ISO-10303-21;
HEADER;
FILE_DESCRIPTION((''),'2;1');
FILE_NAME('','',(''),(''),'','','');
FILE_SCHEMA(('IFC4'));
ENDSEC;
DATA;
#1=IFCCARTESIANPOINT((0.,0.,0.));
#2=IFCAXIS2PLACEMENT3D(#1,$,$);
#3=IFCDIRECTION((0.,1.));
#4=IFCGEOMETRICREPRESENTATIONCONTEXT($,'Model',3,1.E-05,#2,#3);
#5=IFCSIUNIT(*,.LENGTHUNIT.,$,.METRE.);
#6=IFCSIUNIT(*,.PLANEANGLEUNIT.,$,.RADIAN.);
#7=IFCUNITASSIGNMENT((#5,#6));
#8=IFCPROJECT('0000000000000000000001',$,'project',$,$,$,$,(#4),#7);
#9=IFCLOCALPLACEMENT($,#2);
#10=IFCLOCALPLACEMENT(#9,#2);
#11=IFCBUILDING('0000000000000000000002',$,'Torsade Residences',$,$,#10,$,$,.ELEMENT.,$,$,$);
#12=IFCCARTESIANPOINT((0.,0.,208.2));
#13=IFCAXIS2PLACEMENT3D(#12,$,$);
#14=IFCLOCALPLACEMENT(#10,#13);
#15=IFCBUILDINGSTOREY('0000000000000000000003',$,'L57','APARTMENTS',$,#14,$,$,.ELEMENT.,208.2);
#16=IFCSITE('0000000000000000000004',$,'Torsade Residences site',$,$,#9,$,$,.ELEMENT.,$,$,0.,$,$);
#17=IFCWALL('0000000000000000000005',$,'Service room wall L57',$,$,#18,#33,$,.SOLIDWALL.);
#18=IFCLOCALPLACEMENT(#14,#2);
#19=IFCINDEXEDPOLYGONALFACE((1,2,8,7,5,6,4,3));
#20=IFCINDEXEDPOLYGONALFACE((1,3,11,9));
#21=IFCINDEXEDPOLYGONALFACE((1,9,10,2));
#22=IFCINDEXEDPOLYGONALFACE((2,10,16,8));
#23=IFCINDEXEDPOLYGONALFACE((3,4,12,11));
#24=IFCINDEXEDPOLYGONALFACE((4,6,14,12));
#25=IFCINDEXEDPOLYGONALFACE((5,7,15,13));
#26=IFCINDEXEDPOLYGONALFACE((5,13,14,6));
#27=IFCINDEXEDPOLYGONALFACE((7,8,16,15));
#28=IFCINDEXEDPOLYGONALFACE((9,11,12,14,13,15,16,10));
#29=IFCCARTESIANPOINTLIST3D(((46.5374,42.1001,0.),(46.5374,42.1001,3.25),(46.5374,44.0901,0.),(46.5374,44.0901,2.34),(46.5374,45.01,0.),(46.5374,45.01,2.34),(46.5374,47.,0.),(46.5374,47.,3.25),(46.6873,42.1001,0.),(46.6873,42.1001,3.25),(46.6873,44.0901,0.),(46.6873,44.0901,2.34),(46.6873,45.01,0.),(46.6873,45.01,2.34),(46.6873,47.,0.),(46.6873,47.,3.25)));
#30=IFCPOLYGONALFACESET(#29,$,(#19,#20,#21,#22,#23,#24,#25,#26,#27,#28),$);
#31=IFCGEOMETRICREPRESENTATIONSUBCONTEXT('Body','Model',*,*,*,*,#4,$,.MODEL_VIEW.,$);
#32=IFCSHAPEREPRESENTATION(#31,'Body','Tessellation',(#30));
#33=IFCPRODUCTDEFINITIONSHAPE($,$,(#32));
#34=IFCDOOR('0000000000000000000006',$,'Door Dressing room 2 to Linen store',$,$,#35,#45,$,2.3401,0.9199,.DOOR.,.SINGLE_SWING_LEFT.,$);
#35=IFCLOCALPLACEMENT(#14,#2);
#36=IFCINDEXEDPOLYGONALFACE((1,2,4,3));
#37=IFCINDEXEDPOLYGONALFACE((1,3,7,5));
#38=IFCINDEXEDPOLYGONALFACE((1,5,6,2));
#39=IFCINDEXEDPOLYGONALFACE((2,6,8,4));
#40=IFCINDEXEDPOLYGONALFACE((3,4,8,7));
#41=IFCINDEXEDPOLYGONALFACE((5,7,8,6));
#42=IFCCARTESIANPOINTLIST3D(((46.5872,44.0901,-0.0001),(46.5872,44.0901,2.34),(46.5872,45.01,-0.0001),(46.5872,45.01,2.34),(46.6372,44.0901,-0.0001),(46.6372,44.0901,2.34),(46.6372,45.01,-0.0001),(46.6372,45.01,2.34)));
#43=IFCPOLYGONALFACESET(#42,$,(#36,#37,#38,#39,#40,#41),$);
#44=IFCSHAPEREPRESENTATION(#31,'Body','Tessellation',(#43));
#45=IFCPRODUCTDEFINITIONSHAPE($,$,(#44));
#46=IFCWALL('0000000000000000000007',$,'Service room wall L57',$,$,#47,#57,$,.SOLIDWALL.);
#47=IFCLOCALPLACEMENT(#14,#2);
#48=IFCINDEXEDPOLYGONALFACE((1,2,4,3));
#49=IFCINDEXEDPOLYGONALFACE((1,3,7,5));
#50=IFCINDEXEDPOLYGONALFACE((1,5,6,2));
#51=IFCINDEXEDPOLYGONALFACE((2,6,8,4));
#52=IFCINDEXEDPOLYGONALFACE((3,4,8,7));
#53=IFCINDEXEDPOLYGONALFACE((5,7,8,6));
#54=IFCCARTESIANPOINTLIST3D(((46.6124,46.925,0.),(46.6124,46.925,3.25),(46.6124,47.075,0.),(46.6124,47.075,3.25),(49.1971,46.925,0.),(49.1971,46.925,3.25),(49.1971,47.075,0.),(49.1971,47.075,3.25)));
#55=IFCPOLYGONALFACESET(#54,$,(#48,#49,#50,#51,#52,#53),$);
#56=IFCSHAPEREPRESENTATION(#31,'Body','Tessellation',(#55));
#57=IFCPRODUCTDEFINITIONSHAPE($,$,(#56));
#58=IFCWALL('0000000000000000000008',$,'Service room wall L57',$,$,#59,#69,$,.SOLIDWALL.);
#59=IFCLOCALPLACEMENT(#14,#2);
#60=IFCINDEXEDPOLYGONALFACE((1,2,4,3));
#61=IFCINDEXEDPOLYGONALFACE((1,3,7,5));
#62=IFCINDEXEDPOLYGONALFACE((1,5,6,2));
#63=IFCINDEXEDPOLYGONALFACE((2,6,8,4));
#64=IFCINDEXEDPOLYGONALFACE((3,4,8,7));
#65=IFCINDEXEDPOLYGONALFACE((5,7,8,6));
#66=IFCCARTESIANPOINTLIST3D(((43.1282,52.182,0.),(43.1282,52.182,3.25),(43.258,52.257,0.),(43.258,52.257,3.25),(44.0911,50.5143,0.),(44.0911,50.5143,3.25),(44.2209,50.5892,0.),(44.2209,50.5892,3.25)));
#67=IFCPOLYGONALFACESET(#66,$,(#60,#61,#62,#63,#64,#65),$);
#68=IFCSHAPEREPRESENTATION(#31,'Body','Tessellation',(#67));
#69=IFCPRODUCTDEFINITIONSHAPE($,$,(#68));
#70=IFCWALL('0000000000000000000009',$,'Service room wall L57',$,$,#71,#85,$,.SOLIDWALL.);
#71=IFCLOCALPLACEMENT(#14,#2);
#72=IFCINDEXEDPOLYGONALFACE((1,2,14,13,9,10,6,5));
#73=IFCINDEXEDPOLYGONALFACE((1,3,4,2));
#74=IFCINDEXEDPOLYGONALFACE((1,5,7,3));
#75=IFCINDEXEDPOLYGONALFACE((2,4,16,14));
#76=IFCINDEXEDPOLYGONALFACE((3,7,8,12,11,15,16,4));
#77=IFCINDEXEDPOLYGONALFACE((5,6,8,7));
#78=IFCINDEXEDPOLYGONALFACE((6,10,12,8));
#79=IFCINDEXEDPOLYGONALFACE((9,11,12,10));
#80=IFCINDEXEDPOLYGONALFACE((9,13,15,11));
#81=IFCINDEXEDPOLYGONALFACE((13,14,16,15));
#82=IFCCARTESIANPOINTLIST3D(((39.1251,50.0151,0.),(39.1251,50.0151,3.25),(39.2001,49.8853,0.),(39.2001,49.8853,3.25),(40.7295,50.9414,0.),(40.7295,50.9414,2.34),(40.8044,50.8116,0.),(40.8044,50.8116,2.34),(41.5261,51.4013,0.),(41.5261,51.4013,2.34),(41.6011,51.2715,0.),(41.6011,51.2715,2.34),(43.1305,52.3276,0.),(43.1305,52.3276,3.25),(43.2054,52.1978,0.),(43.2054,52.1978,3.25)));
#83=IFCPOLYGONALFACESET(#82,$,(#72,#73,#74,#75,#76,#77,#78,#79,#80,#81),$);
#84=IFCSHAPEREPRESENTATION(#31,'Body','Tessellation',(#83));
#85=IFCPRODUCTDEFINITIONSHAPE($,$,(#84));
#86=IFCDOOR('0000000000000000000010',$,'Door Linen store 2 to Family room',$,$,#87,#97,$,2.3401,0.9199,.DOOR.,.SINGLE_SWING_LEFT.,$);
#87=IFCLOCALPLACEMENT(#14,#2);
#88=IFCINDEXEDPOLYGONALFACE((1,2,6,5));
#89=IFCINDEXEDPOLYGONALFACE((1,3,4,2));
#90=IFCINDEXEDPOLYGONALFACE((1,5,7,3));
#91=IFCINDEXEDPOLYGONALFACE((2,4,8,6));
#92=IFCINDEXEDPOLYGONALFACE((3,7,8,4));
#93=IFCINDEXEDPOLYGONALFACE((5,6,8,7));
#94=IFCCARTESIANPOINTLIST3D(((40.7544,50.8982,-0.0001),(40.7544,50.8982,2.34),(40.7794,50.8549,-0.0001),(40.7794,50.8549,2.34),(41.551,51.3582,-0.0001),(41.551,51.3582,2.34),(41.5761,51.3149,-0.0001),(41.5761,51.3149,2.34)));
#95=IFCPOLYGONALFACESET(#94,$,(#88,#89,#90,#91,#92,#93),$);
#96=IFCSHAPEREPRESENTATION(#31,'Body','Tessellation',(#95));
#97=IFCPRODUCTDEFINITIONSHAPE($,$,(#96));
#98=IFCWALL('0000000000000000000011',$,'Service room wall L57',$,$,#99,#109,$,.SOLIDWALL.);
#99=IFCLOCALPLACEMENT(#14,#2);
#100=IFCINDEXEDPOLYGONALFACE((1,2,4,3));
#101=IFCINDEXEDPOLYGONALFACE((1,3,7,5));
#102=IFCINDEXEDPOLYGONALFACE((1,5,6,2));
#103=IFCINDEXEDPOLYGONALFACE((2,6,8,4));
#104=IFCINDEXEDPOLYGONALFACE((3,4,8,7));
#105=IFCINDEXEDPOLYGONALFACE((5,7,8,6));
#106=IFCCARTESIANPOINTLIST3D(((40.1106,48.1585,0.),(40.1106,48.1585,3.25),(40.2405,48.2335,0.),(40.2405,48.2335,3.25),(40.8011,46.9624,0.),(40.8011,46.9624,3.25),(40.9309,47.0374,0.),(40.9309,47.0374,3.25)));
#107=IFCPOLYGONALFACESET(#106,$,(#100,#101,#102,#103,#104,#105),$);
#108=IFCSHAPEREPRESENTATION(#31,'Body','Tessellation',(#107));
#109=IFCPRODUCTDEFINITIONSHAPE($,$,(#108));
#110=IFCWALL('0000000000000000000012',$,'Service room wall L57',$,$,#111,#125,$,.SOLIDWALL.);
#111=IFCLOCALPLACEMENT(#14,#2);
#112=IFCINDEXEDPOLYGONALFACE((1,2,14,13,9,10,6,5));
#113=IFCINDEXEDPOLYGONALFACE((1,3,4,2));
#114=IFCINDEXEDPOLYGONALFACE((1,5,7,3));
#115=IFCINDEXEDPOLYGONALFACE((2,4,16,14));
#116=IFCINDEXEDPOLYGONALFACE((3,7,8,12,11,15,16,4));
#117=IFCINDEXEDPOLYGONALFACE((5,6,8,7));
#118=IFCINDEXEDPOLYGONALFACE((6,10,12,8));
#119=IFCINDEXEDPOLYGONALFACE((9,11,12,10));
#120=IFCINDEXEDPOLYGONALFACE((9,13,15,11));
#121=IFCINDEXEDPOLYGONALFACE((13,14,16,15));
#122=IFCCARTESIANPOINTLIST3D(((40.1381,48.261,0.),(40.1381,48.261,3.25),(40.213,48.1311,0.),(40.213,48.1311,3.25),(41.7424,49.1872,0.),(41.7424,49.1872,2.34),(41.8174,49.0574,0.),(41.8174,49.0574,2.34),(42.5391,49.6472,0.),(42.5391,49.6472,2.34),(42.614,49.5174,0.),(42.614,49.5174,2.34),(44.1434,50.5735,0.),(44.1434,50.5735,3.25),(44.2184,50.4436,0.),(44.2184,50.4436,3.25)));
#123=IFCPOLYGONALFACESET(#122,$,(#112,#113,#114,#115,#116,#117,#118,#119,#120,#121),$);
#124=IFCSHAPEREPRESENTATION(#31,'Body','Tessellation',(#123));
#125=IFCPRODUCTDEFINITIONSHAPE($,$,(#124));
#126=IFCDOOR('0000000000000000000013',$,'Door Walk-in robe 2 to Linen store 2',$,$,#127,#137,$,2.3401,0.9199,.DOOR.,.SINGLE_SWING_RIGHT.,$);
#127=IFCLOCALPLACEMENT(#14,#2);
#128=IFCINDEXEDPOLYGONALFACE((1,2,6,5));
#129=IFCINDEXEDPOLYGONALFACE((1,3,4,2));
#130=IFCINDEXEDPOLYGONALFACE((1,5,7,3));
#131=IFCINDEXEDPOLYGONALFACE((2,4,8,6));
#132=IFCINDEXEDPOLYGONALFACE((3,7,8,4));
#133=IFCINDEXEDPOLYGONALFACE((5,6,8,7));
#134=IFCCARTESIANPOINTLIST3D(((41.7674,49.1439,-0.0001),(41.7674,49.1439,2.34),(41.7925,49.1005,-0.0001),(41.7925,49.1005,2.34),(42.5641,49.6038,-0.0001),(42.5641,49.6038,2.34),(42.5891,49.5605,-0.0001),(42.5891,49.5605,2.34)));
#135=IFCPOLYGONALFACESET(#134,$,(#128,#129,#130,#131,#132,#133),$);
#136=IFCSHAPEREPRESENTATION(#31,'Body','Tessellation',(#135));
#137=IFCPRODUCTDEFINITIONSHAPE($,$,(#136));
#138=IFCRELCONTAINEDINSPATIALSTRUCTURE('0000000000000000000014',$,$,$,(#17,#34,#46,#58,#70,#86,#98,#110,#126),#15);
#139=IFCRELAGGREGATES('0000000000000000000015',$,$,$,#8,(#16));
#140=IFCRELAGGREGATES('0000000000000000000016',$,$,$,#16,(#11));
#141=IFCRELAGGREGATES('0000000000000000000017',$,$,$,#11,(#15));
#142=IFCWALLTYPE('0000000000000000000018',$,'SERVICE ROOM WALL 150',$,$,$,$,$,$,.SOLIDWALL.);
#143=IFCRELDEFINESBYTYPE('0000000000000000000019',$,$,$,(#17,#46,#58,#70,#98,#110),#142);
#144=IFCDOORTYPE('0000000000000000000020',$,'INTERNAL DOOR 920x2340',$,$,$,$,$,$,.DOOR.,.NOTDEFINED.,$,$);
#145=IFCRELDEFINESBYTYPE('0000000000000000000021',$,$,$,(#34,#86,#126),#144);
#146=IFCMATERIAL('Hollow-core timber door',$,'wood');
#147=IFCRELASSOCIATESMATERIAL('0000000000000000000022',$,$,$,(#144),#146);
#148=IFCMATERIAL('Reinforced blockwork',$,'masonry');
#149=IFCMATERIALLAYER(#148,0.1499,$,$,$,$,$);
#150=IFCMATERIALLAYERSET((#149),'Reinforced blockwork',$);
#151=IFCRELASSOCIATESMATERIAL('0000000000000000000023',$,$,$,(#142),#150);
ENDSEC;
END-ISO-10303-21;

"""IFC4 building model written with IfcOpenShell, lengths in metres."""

from ifc_helpers import new_model, si_unit, direction, frame, frame_2d, origin, place, context, subcontext, project, spatial, rectangle, extrude, material, layer, layer_set, type_object, element, fill, save


model = new_model("IFC4")

# Units and contexts
model_context = context("Model", 3, precision=1e-05, world=origin(), true_north=direction((0.0, 1.0)))
body_context = subcontext(model_context, "Body", "Model", "MODEL_VIEW")
ifc_project = project(units=[si_unit("LENGTHUNIT", "METRE"), si_unit("PLANEANGLEUNIT", "RADIAN")], contexts=[model_context])

# Site, building, storey
site_placement = place(None, origin())
site = spatial("IfcSite", under=ifc_project, at=site_placement, Name="Torsade Residences site", CompositionType="ELEMENT", RefElevation=0.0)
building_placement = place(site_placement, origin())
building = spatial("IfcBuilding", under=site, at=building_placement, Name="Torsade Residences", CompositionType="ELEMENT")
storey_placement = place(building_placement, frame((0.0, 0.0, 208.2)))
storey = spatial("IfcBuildingStorey", under=building, at=storey_placement, Name="L57", Description="APARTMENTS", CompositionType="ELEMENT", Elevation=208.2)

# Wall, opening, door
ifc_material_1 = material(Name="Hollow-core timber door", Category="wood")
door_type_1 = type_object("IfcDoorType", Name="INTERNAL DOOR 920x2340", OperationType="NOTDEFINED", PredefinedType="DOOR", material=ifc_material_1)
ifc_material_2 = material(Name="Reinforced blockwork", Category="masonry")
ifc_layer_1 = layer(ifc_material_2, 0.1499)
ifc_layer_set_1 = layer_set([ifc_layer_1], Name="Reinforced blockwork")
wall_type_1 = type_object("IfcWallType", Name="SERVICE ROOM WALL 150", PredefinedType="SOLIDWALL", material=ifc_layer_set_1)
wall_1_placement = place(storey_placement, frame((46.6123, 47.0, 0.0), z_axis=(0.0, 0.0, 1.0), x_axis=(0.0, -1.0, 0.0)))
wall_1 = element("IfcWall", 1, at=wall_1_placement, inside=storey, type_object=wall_type_1, Name="Service room wall L57", PredefinedType="SOLIDWALL", context=body_context, shape_type="SweptSolid", body=[
    extrude(rectangle(XDim=4.8999, YDim=0.1499, at=frame_2d((2.45, 0.0))), origin(), (0.0, 0.0, 1.0), 3.25),
])
opening_1_placement = place(wall_1_placement, frame((1.99, 0.0, 0.0)))
opening_1 = element("IfcOpeningElement", 2, at=opening_1_placement, cuts=wall_1, PredefinedType="OPENING", context=body_context, shape_type="SweptSolid", body=[
    extrude(rectangle(XDim=0.9199, YDim=2.3401, at=frame_2d((0.46, 1.1699))), frame((0.0, 0.085, 0.0), z_axis=(0.0, -1.0, 0.0), x_axis=(1.0, 0.0, 0.0)), (0.0, 0.0, 1.0), 0.1699),
])
door_1_placement = place(opening_1_placement, origin())
door_1 = element("IfcDoor", 3, at=door_1_placement, inside=storey, type_object=door_type_1, Name="Door Dressing room 2 to Linen store", OperationType="SINGLE_SWING_LEFT", OverallHeight=2.3401, OverallWidth=0.9199, PredefinedType="DOOR", context=body_context, shape_type="SweptSolid", body=[
    extrude(rectangle(XDim=0.9199, YDim=2.3401, at=frame_2d((0.46, 1.1699))), frame((0.0, 0.0249, 0.0), z_axis=(0.0, -1.0, 0.0), x_axis=(1.0, 0.0, 0.0)), (0.0, 0.0, 1.0), 0.05),
])
fill(opening_1, door_1)

# Walls
wall_2_placement = place(storey_placement, frame((46.6123, 47.0, 0.0), z_axis=(0.0, 0.0, 1.0), x_axis=(1.0, 0.0, 0.0)))
element("IfcWall", 4, at=wall_2_placement, inside=storey, type_object=wall_type_1, Name="Service room wall L57", PredefinedType="SOLIDWALL", context=body_context, shape_type="SweptSolid", body=[
    extrude(rectangle(XDim=2.5847, YDim=0.1499, at=frame_2d((1.2925, 0.0))), origin(), (0.0, 0.0, 1.0), 3.25),
])
wall_3_placement = place(storey_placement, frame((44.156, 50.5518, 0.0), z_axis=(0.0, 0.0, 1.0), x_axis=(-0.500011, 0.866019, 0.0)))
element("IfcWall", 5, at=wall_3_placement, inside=storey, type_object=wall_type_1, Name="Service room wall L57", PredefinedType="SOLIDWALL", context=body_context, shape_type="SweptSolid", body=[
    extrude(rectangle(XDim=1.9258, YDim=0.1499, at=frame_2d((0.9629, 0.0))), origin(), (0.0, 0.0, 1.0), 3.25),
])

# Wall, opening, door
wall_4_placement = place(storey_placement, frame((43.168, 52.2627, 0.0), z_axis=(0.0, 0.0, 1.0), x_axis=(-0.866026, -0.5, 0.0)))
wall_4 = element("IfcWall", 6, at=wall_4_placement, inside=storey, type_object=wall_type_1, Name="Service room wall L57", PredefinedType="SOLIDWALL", context=body_context, shape_type="SweptSolid", body=[
    extrude(rectangle(XDim=4.625, YDim=0.1499, at=frame_2d((2.3125, 0.0))), origin(), (0.0, 0.0, 1.0), 3.25),
])
opening_2_placement = place(wall_4_placement, frame((1.8525, 0.0, 0.0)))
opening_2 = element("IfcOpeningElement", 7, at=opening_2_placement, cuts=wall_4, PredefinedType="OPENING", context=body_context, shape_type="SweptSolid", body=[
    extrude(rectangle(XDim=0.9199, YDim=2.3401, at=frame_2d((0.46, 1.1699))), frame((0.0, 0.085, 0.0), z_axis=(0.0, -1.0, 0.0), x_axis=(1.0, 0.0, 0.0)), (0.0, 0.0, 1.0), 0.1699),
])
door_2_placement = place(opening_2_placement, origin())
door_2 = element("IfcDoor", 8, at=door_2_placement, inside=storey, type_object=door_type_1, Name="Door Linen store 2 to Family room", OperationType="SINGLE_SWING_LEFT", OverallHeight=2.3401, OverallWidth=0.9199, PredefinedType="DOOR", context=body_context, shape_type="SweptSolid", body=[
    extrude(rectangle(XDim=0.9199, YDim=2.3401, at=frame_2d((0.46, 1.1699))), frame((0.0, 0.0249, 0.0), z_axis=(0.0, -1.0, 0.0), x_axis=(1.0, 0.0, 0.0)), (0.0, 0.0, 1.0), 0.05),
])
fill(opening_2, door_2)

# Wall
wall_5_placement = place(storey_placement, frame((40.866, 47.0, 0.0), z_axis=(0.0, 0.0, 1.0), x_axis=(-0.499942, 0.866059, 0.0)))
element("IfcWall", 9, at=wall_5_placement, inside=storey, type_object=wall_type_1, Name="Service room wall L57", PredefinedType="SOLIDWALL", context=body_context, shape_type="SweptSolid", body=[
    extrude(rectangle(XDim=1.3811, YDim=0.1499, at=frame_2d((0.6904, 0.0))), origin(), (0.0, 0.0, 1.0), 3.25),
])

# Wall, opening, door
wall_6_placement = place(storey_placement, frame((40.1755, 48.196, 0.0), z_axis=(0.0, 0.0, 1.0), x_axis=(0.866026, 0.5, 0.0)))
wall_6 = element("IfcWall", 10, at=wall_6_placement, inside=storey, type_object=wall_type_1, Name="Service room wall L57", PredefinedType="SOLIDWALL", context=body_context, shape_type="SweptSolid", body=[
    extrude(rectangle(XDim=4.625, YDim=0.1499, at=frame_2d((2.3125, 0.0))), origin(), (0.0, 0.0, 1.0), 3.25),
])
opening_3_placement = place(wall_6_placement, frame((1.8525, 0.0, 0.0)))
opening_3 = element("IfcOpeningElement", 11, at=opening_3_placement, cuts=wall_6, PredefinedType="OPENING", context=body_context, shape_type="SweptSolid", body=[
    extrude(rectangle(XDim=0.9199, YDim=2.3401, at=frame_2d((0.46, 1.1699))), frame((0.0, 0.085, 0.0), z_axis=(0.0, -1.0, 0.0), x_axis=(1.0, 0.0, 0.0)), (0.0, 0.0, 1.0), 0.1699),
])
door_3_placement = place(opening_3_placement, origin())
door_3 = element("IfcDoor", 12, at=door_3_placement, inside=storey, type_object=door_type_1, Name="Door Walk-in robe 2 to Linen store 2", OperationType="SINGLE_SWING_RIGHT", OverallHeight=2.3401, OverallWidth=0.9199, PredefinedType="DOOR", context=body_context, shape_type="SweptSolid", body=[
    extrude(rectangle(XDim=0.9199, YDim=2.3401, at=frame_2d((0.46, 1.1699))), frame((0.0, 0.0249, 0.0), z_axis=(0.0, -1.0, 0.0), x_axis=(1.0, 0.0, 0.0)), (0.0, 0.0, 1.0), 0.05),
])
fill(opening_3, door_3)

save(model, "model.ifc")
